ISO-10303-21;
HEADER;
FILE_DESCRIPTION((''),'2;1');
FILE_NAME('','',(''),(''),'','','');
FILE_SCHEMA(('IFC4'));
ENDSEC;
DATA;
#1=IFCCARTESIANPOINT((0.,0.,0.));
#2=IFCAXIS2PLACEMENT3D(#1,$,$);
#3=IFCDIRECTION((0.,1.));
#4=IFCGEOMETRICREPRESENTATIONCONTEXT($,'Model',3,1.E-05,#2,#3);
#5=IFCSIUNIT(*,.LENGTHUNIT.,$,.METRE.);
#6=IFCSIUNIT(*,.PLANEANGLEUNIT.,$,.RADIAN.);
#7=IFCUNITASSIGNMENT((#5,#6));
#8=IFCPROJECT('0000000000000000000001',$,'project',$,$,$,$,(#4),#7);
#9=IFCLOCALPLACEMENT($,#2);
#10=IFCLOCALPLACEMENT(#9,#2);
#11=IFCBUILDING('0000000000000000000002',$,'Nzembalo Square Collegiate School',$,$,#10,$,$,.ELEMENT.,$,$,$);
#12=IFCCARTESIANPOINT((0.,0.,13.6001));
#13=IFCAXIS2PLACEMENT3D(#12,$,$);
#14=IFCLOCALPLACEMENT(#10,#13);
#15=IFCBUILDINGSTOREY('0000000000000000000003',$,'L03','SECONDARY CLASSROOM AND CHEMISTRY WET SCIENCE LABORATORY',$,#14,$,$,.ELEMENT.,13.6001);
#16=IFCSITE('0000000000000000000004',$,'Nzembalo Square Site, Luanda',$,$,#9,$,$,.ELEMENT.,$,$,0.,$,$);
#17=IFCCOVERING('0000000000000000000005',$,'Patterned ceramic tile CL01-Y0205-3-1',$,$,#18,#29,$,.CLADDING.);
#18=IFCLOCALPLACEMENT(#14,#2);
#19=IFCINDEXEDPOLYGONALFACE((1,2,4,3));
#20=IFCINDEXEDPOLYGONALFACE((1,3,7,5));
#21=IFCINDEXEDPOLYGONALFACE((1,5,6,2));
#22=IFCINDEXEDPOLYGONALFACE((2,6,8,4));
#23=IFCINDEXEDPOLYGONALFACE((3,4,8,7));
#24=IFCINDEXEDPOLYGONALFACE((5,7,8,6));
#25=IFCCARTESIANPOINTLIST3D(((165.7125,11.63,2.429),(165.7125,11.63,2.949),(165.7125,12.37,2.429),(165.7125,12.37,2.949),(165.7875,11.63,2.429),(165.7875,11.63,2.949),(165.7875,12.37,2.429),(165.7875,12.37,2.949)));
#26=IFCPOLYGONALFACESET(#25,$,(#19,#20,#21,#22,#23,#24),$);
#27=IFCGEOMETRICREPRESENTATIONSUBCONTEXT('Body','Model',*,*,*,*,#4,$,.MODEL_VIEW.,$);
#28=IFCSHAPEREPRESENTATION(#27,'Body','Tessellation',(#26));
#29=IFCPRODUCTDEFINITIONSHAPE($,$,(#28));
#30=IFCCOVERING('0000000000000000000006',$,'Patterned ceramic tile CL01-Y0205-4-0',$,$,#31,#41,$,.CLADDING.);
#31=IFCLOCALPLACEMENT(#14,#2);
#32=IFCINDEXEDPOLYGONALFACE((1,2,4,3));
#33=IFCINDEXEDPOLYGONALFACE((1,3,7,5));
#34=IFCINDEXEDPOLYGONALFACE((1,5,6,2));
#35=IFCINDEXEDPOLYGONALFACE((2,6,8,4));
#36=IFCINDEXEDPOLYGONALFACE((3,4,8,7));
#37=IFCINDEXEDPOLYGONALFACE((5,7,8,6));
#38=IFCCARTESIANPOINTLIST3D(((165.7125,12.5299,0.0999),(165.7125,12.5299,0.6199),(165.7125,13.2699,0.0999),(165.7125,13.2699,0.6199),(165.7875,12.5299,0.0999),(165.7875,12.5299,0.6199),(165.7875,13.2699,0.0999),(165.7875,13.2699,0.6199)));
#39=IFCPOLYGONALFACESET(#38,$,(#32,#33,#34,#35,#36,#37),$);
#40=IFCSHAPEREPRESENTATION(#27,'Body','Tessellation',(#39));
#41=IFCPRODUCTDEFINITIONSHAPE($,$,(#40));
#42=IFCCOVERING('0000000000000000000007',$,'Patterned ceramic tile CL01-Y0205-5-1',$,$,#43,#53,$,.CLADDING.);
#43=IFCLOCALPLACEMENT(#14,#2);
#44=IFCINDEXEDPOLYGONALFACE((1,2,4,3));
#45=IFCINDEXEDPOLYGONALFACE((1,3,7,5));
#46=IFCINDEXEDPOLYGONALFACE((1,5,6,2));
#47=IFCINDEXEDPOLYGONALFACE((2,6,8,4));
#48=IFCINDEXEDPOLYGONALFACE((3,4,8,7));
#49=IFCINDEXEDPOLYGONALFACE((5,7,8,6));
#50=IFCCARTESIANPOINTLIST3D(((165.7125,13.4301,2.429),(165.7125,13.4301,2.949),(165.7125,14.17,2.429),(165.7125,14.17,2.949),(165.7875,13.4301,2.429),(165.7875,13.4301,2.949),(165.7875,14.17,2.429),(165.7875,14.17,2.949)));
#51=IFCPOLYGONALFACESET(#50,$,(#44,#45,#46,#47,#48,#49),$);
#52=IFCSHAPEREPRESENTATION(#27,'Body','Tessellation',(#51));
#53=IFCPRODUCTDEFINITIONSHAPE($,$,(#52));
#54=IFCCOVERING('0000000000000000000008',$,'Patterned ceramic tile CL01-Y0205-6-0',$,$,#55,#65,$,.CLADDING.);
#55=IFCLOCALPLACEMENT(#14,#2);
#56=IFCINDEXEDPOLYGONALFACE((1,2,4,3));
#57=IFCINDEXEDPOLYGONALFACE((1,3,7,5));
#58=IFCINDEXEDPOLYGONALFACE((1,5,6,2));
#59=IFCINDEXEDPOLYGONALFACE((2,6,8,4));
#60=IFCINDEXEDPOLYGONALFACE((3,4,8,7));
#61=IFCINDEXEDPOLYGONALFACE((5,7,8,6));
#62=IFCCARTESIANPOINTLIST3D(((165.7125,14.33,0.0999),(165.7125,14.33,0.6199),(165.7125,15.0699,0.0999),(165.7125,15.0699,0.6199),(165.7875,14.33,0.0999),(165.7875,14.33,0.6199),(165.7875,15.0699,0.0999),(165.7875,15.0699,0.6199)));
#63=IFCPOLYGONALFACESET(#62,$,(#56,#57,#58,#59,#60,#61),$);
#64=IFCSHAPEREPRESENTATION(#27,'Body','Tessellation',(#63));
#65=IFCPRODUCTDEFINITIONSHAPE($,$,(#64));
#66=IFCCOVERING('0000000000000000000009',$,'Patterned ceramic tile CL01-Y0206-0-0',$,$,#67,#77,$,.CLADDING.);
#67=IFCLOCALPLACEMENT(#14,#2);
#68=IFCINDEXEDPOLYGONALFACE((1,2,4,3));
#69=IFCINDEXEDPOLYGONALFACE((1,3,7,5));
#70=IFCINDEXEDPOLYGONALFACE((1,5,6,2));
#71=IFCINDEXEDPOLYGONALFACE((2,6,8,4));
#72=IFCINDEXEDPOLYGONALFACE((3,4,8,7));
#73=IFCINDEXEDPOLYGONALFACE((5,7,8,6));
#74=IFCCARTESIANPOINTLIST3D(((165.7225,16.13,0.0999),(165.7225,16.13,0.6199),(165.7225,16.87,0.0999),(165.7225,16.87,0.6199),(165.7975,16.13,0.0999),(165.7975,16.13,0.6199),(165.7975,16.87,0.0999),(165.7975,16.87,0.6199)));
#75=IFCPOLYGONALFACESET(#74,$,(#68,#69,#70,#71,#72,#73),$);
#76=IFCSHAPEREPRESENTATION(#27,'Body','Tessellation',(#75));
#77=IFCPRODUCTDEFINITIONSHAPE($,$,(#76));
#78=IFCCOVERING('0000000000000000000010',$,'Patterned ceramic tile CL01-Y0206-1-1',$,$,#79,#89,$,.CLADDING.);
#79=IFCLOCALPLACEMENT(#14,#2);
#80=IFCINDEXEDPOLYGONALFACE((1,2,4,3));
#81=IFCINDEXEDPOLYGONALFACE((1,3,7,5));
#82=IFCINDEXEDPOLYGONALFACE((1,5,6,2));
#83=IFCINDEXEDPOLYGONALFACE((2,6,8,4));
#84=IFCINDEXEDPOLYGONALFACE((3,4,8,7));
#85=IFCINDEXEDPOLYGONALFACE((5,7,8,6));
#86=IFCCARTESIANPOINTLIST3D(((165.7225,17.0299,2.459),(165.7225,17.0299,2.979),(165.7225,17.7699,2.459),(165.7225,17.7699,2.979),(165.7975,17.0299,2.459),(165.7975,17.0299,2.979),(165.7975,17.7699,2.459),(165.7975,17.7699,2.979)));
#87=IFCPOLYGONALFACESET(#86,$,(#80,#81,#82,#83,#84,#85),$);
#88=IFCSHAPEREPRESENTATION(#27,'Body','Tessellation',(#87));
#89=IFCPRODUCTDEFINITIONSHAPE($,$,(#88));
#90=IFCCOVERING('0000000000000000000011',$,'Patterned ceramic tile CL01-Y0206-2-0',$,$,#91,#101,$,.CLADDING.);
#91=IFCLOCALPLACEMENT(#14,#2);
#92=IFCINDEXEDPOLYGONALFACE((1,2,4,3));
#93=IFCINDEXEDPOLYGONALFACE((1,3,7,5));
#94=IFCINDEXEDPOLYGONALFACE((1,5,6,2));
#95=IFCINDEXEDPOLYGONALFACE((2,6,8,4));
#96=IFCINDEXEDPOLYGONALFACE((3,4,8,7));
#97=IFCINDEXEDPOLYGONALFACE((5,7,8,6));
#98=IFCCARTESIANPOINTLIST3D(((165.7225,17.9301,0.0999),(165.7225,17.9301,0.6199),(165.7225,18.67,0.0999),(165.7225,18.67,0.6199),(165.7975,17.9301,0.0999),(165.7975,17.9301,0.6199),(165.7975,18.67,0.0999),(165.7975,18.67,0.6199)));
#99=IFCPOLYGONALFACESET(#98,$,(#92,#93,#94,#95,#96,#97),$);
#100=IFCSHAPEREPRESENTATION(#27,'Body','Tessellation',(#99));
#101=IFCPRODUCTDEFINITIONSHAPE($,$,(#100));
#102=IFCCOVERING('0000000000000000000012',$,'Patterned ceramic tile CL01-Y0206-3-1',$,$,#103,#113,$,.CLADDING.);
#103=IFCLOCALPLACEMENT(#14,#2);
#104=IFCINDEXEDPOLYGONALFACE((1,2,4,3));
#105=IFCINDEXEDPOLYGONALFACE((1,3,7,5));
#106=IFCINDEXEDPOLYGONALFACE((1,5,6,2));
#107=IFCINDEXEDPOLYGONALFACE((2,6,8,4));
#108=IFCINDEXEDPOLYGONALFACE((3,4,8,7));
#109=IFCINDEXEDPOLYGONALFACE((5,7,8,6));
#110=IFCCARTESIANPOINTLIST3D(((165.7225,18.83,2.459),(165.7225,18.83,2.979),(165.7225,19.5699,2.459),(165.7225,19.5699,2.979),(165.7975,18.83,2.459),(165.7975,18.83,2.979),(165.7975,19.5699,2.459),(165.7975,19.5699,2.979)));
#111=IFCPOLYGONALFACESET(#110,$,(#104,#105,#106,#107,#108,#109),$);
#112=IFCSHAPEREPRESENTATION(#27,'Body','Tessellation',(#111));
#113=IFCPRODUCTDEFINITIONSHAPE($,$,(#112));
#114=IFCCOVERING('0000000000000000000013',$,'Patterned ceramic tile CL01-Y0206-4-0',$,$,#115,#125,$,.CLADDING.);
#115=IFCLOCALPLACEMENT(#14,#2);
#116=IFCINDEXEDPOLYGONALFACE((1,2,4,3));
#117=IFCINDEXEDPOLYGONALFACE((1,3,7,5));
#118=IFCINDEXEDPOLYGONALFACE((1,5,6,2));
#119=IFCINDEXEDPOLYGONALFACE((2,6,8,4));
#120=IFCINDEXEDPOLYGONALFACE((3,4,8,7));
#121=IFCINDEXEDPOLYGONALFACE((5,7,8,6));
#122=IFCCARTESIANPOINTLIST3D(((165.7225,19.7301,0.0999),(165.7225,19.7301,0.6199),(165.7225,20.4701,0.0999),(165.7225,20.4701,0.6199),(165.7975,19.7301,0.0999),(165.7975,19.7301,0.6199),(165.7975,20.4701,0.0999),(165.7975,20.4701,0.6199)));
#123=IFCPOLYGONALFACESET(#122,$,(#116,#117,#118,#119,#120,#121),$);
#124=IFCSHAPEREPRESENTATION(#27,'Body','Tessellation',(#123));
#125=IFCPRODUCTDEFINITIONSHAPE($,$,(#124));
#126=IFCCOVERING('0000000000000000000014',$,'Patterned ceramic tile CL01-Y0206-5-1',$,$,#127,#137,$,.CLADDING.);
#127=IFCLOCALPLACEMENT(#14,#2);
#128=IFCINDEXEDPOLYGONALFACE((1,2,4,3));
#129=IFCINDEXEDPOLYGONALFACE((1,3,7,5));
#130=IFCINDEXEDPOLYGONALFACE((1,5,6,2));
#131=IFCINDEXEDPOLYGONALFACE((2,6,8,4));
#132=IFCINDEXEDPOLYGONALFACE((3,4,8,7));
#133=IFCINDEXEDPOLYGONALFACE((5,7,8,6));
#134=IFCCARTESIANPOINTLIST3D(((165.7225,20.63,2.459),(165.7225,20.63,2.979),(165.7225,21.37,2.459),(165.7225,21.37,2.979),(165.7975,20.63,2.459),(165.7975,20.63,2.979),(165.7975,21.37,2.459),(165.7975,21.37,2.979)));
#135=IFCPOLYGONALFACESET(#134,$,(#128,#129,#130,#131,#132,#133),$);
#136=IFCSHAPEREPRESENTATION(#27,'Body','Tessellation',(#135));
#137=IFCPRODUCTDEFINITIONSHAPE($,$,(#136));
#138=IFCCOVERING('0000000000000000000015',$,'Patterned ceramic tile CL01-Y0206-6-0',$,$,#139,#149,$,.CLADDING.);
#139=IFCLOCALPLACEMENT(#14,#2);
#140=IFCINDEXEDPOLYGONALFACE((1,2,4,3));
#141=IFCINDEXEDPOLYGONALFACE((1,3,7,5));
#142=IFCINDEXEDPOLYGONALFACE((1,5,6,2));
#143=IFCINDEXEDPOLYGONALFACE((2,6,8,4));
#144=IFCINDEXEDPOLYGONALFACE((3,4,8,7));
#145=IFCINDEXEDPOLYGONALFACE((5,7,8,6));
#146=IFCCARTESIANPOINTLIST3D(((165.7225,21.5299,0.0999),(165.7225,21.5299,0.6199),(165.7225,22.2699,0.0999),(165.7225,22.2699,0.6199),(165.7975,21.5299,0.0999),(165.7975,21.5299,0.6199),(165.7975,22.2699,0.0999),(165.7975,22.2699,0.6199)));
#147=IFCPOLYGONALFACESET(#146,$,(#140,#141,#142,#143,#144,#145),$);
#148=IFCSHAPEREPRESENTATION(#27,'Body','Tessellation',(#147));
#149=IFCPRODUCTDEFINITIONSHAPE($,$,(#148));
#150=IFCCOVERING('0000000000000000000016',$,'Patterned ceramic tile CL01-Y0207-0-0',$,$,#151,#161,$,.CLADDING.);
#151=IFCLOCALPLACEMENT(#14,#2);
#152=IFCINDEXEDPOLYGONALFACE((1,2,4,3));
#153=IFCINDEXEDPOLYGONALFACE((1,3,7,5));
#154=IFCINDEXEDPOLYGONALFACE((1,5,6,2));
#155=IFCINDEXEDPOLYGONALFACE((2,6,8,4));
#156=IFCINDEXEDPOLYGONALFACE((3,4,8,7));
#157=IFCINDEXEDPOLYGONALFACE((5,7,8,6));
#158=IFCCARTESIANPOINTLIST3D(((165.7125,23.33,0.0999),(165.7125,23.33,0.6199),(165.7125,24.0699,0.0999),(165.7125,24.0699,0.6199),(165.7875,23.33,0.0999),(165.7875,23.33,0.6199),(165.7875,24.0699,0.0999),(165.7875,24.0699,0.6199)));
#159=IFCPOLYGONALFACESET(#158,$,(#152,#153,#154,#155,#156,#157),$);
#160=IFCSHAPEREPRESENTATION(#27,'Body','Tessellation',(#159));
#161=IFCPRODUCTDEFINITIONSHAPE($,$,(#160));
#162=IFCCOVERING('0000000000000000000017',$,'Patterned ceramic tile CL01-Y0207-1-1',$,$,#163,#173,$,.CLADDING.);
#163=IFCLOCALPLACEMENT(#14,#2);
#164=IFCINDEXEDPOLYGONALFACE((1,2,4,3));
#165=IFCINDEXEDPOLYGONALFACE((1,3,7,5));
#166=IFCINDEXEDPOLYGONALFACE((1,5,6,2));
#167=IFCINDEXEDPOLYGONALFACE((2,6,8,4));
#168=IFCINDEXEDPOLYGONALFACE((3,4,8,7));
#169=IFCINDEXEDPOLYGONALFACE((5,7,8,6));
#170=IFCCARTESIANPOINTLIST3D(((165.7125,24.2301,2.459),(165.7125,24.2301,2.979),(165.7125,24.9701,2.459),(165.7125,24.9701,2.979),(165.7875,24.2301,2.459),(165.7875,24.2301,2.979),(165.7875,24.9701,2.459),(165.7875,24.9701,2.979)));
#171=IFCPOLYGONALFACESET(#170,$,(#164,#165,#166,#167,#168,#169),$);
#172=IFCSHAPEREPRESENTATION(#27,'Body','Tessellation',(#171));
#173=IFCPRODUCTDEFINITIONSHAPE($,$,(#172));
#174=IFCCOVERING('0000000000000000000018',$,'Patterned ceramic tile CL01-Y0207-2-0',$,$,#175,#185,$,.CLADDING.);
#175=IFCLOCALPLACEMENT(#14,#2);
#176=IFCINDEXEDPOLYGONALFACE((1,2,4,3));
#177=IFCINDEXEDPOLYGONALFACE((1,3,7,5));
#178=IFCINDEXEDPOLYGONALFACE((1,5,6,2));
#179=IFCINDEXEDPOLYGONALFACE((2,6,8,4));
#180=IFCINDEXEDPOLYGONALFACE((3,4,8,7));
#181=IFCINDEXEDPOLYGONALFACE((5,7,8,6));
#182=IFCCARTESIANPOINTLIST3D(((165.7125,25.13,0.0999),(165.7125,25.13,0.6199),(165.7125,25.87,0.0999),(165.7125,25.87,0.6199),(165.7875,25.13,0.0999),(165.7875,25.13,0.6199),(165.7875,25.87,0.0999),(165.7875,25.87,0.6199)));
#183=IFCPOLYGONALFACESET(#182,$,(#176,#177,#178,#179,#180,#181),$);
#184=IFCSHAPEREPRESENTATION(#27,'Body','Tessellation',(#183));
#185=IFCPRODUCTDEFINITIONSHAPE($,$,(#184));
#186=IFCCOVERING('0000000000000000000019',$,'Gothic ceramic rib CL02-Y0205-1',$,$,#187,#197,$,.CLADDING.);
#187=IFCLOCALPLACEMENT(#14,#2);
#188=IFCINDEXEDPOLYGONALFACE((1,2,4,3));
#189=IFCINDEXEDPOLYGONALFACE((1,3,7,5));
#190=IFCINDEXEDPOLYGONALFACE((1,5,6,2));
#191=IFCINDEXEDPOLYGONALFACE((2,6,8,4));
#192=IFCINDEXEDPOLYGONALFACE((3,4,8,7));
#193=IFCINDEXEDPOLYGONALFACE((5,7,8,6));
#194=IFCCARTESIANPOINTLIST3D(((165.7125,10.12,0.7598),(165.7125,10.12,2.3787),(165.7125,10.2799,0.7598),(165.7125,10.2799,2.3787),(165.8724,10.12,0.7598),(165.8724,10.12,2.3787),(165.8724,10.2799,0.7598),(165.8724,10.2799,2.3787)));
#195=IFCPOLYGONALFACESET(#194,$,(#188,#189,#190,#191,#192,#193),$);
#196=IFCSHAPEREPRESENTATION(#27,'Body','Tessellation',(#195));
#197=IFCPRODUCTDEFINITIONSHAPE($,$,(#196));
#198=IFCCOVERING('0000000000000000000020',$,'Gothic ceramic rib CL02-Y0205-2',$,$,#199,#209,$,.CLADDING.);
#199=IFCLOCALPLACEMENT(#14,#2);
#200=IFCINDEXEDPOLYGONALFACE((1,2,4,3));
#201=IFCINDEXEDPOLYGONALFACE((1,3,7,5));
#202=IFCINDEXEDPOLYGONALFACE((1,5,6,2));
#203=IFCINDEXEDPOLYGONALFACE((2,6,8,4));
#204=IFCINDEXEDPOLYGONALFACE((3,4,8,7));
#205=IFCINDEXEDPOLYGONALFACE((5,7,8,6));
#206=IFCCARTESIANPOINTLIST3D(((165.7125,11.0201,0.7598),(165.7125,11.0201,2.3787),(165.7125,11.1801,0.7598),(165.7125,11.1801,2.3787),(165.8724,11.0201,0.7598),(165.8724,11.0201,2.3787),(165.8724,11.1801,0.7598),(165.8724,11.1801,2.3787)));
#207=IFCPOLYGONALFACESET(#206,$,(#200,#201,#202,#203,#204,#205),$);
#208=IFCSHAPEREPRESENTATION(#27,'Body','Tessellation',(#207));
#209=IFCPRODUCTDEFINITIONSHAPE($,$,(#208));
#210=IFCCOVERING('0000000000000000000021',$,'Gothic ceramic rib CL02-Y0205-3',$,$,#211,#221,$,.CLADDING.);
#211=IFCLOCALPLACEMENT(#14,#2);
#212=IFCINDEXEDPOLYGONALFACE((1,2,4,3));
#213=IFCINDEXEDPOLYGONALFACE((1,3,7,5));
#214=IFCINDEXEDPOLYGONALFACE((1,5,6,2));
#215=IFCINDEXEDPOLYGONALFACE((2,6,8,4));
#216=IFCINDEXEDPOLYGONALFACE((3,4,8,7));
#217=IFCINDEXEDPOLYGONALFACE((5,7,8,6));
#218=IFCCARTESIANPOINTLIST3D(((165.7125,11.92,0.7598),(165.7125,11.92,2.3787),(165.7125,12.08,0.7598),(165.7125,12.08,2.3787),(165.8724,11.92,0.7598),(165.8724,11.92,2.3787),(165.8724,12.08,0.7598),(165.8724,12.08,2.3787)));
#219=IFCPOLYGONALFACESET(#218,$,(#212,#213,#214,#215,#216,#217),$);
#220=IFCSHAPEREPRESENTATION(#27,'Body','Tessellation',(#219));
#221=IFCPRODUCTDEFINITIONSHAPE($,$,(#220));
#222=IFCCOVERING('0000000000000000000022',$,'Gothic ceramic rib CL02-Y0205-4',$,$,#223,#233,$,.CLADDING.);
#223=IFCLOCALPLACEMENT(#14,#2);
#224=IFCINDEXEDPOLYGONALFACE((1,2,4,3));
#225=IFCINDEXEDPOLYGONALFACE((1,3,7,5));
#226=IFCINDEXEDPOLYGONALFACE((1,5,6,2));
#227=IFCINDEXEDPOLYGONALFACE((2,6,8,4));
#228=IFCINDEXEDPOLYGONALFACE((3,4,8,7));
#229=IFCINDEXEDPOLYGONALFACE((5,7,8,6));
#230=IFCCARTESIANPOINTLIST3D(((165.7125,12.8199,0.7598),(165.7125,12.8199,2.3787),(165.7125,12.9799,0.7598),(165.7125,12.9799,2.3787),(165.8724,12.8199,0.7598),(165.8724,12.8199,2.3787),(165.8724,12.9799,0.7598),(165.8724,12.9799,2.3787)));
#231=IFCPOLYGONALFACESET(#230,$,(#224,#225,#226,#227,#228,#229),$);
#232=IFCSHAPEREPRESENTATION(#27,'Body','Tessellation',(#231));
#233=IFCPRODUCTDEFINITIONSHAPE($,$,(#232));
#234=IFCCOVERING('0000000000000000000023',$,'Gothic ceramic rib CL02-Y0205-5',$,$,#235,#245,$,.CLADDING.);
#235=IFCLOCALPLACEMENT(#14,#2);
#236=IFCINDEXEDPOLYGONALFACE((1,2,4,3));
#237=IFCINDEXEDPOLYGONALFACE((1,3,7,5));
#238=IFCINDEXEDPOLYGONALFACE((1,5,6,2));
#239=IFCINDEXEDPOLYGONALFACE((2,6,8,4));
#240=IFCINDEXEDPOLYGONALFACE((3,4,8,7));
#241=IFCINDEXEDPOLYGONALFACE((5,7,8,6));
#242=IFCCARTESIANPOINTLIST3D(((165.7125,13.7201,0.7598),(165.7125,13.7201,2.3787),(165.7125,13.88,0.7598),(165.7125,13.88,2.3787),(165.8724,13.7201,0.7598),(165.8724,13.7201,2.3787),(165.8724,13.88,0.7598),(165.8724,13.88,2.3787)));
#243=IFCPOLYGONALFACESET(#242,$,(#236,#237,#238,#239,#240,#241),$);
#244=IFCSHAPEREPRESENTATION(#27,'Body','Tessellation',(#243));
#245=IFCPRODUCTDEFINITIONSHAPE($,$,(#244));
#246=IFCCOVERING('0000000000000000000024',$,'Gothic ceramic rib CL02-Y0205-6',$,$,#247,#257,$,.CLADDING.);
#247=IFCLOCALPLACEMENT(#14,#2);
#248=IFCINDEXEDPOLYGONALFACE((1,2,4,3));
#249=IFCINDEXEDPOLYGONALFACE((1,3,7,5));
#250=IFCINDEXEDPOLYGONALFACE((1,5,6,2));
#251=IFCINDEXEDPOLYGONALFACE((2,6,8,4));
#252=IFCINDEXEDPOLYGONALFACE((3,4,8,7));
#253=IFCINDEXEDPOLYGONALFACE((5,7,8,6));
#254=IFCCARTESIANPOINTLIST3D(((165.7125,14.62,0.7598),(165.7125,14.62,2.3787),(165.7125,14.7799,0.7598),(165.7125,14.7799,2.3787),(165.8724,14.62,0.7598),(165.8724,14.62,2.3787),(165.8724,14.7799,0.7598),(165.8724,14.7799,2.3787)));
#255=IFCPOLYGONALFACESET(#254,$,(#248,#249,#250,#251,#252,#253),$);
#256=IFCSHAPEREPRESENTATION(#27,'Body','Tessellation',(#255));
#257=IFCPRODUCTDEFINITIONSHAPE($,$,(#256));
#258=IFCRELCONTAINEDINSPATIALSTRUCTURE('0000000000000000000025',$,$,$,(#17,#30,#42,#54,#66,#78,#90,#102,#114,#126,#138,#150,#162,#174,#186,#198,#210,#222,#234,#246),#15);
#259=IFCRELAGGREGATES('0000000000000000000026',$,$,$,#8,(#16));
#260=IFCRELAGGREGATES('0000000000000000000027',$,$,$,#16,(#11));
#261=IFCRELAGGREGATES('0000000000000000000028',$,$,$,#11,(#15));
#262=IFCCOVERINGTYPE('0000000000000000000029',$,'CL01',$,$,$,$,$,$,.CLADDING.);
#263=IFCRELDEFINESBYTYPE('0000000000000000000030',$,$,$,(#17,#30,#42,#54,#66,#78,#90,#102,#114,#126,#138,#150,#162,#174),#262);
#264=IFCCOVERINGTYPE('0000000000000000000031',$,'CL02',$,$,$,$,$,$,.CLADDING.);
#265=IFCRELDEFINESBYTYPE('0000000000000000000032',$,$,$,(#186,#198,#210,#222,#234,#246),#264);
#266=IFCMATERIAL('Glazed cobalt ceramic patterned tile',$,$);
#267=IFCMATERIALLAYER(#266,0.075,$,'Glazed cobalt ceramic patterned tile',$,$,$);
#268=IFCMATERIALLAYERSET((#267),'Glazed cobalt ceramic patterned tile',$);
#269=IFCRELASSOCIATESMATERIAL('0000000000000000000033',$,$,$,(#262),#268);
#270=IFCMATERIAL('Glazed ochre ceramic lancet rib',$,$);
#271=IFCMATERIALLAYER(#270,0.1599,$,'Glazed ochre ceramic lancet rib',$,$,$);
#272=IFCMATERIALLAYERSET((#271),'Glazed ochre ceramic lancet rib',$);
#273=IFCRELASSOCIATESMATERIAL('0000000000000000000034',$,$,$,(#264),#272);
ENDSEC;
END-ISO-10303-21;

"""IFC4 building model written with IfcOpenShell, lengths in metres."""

from ifc_helpers import new_model, si_unit, direction, frame, origin, origin_2d, place, context, subcontext, project, spatial, rectangle, extrude, material, layer, layer_set, type_object, element, save


model = new_model("IFC4")

# Units and contexts
model_context = context("Model", 3, precision=1e-05, world=origin(), true_north=direction((0.0, 1.0)))
body_context = subcontext(model_context, "Body", "Model", "MODEL_VIEW")
ifc_project = project(units=[si_unit("LENGTHUNIT", "METRE"), si_unit("PLANEANGLEUNIT", "RADIAN")], contexts=[model_context])

# Site, building, storey
site_placement = place(None, origin())
site = spatial("IfcSite", under=ifc_project, at=site_placement, Name="Nzembalo Square Site, Luanda", CompositionType="ELEMENT", RefElevation=0.0)
building_placement = place(site_placement, origin())
building = spatial("IfcBuilding", under=site, at=building_placement, Name="Nzembalo Square Collegiate School", CompositionType="ELEMENT")
storey_placement = place(building_placement, frame((0.0, 0.0, 13.6001)))
storey = spatial("IfcBuildingStorey", under=building, at=storey_placement, Name="L03", Description="SECONDARY CLASSROOM AND CHEMISTRY WET SCIENCE LABORATORY", CompositionType="ELEMENT", Elevation=13.6001)

# Coverings
ifc_material_1 = material(Name="Glazed cobalt ceramic patterned tile")
ifc_layer_1 = layer(ifc_material_1, 0.075, Name="Glazed cobalt ceramic patterned tile")
ifc_layer_set_1 = layer_set([ifc_layer_1], Name="Glazed cobalt ceramic patterned tile")
covering_type_1 = type_object("IfcCoveringType", Name="CL01", PredefinedType="CLADDING", material=ifc_layer_set_1)
for number, where, z_axis, x_axis, name in (
    (1, (165.75, 12.0, 2.429), (0.0, 0.0, 1.0), (1.0, 0.0, 0.0), "Patterned ceramic tile CL01-Y0205-3-1"),
    (2, (165.75, 12.8999, 0.0999), (0.0, 0.0, 1.0), (1.0, 0.0, 0.0), "Patterned ceramic tile CL01-Y0205-4-0"),
    (3, (165.75, 13.8, 2.429), (0.0, 0.0, 1.0), (1.0, 0.0, 0.0), "Patterned ceramic tile CL01-Y0205-5-1"),
    (4, (165.75, 14.7, 0.0999), (0.0, 0.0, 1.0), (1.0, 0.0, 0.0), "Patterned ceramic tile CL01-Y0205-6-0"),
    (5, (165.76, 16.5, 0.0999), (0.0, 0.0, 1.0), (1.0, 0.0, 0.0), "Patterned ceramic tile CL01-Y0206-0-0"),
    (6, (165.76, 17.3999, 2.459), (0.0, 0.0, 1.0), (1.0, 0.0, 0.0), "Patterned ceramic tile CL01-Y0206-1-1"),
    (7, (165.76, 18.3, 0.0999), (0.0, 0.0, 1.0), (1.0, 0.0, 0.0), "Patterned ceramic tile CL01-Y0206-2-0"),
    (8, (165.76, 19.2, 2.459), (0.0, 0.0, 1.0), (1.0, 0.0, 0.0), "Patterned ceramic tile CL01-Y0206-3-1"),
    (9, (165.76, 20.1001, 0.0999), (0.0, 0.0, 1.0), (1.0, 0.0, 0.0), "Patterned ceramic tile CL01-Y0206-4-0"),
    (10, (165.76, 21.0, 2.459), (0.0, 0.0, 1.0), (1.0, 0.0, 0.0), "Patterned ceramic tile CL01-Y0206-5-1"),
    (11, (165.76, 21.8999, 0.0999), (0.0, 0.0, 1.0), (1.0, 0.0, 0.0), "Patterned ceramic tile CL01-Y0206-6-0"),
    (12, (165.75, 23.7, 0.0999), (0.0, 0.0, 1.0), (1.0, 0.0, 0.0), "Patterned ceramic tile CL01-Y0207-0-0"),
    (13, (165.75, 24.6001, 2.459), (0.0, 0.0, 1.0), (1.0, 0.0, 0.0), "Patterned ceramic tile CL01-Y0207-1-1"),
    (14, (165.75, 25.5, 0.0999), (0.0, 0.0, 1.0), (1.0, 0.0, 0.0), "Patterned ceramic tile CL01-Y0207-2-0"),
):
    element("IfcCovering", number, at=place(storey_placement, frame(where, z_axis=z_axis, x_axis=x_axis)), inside=storey, type_object=covering_type_1, Name=name, PredefinedType="CLADDING", context=body_context, shape_type="SweptSolid", body=[
        extrude(rectangle(XDim=0.075, YDim=0.74, at=origin_2d()), origin(), (0.0, 0.0, 1.0), 0.52),
    ])
ifc_material_2 = material(Name="Glazed ochre ceramic lancet rib")
ifc_layer_2 = layer(ifc_material_2, 0.1599, Name="Glazed ochre ceramic lancet rib")
ifc_layer_set_2 = layer_set([ifc_layer_2], Name="Glazed ochre ceramic lancet rib")
covering_type_2 = type_object("IfcCoveringType", Name="CL02", PredefinedType="CLADDING", material=ifc_layer_set_2)
for number, where, z_axis, x_axis, name in (
    (15, (165.7925, 10.2, 0.7598), (0.0, 0.0, 1.0), (1.0, 0.0, 0.0), "Gothic ceramic rib CL02-Y0205-1"),
    (16, (165.7925, 11.1001, 0.7598), (0.0, 0.0, 1.0), (1.0, 0.0, 0.0), "Gothic ceramic rib CL02-Y0205-2"),
    (17, (165.7925, 12.0, 0.7598), (0.0, 0.0, 1.0), (1.0, 0.0, 0.0), "Gothic ceramic rib CL02-Y0205-3"),
    (18, (165.7925, 12.8999, 0.7598), (0.0, 0.0, 1.0), (1.0, 0.0, 0.0), "Gothic ceramic rib CL02-Y0205-4"),
    (19, (165.7925, 13.8, 0.7598), (0.0, 0.0, 1.0), (1.0, 0.0, 0.0), "Gothic ceramic rib CL02-Y0205-5"),
    (20, (165.7925, 14.7, 0.7598), (0.0, 0.0, 1.0), (1.0, 0.0, 0.0), "Gothic ceramic rib CL02-Y0205-6"),
):
    element("IfcCovering", number, at=place(storey_placement, frame(where, z_axis=z_axis, x_axis=x_axis)), inside=storey, type_object=covering_type_2, Name=name, PredefinedType="CLADDING", context=body_context, shape_type="SweptSolid", body=[
        extrude(rectangle(XDim=0.1599, YDim=0.1599, at=origin_2d()), origin(), (0.0, 0.0, 1.0), 1.6189),
    ])

save(model, "model.ifc")
